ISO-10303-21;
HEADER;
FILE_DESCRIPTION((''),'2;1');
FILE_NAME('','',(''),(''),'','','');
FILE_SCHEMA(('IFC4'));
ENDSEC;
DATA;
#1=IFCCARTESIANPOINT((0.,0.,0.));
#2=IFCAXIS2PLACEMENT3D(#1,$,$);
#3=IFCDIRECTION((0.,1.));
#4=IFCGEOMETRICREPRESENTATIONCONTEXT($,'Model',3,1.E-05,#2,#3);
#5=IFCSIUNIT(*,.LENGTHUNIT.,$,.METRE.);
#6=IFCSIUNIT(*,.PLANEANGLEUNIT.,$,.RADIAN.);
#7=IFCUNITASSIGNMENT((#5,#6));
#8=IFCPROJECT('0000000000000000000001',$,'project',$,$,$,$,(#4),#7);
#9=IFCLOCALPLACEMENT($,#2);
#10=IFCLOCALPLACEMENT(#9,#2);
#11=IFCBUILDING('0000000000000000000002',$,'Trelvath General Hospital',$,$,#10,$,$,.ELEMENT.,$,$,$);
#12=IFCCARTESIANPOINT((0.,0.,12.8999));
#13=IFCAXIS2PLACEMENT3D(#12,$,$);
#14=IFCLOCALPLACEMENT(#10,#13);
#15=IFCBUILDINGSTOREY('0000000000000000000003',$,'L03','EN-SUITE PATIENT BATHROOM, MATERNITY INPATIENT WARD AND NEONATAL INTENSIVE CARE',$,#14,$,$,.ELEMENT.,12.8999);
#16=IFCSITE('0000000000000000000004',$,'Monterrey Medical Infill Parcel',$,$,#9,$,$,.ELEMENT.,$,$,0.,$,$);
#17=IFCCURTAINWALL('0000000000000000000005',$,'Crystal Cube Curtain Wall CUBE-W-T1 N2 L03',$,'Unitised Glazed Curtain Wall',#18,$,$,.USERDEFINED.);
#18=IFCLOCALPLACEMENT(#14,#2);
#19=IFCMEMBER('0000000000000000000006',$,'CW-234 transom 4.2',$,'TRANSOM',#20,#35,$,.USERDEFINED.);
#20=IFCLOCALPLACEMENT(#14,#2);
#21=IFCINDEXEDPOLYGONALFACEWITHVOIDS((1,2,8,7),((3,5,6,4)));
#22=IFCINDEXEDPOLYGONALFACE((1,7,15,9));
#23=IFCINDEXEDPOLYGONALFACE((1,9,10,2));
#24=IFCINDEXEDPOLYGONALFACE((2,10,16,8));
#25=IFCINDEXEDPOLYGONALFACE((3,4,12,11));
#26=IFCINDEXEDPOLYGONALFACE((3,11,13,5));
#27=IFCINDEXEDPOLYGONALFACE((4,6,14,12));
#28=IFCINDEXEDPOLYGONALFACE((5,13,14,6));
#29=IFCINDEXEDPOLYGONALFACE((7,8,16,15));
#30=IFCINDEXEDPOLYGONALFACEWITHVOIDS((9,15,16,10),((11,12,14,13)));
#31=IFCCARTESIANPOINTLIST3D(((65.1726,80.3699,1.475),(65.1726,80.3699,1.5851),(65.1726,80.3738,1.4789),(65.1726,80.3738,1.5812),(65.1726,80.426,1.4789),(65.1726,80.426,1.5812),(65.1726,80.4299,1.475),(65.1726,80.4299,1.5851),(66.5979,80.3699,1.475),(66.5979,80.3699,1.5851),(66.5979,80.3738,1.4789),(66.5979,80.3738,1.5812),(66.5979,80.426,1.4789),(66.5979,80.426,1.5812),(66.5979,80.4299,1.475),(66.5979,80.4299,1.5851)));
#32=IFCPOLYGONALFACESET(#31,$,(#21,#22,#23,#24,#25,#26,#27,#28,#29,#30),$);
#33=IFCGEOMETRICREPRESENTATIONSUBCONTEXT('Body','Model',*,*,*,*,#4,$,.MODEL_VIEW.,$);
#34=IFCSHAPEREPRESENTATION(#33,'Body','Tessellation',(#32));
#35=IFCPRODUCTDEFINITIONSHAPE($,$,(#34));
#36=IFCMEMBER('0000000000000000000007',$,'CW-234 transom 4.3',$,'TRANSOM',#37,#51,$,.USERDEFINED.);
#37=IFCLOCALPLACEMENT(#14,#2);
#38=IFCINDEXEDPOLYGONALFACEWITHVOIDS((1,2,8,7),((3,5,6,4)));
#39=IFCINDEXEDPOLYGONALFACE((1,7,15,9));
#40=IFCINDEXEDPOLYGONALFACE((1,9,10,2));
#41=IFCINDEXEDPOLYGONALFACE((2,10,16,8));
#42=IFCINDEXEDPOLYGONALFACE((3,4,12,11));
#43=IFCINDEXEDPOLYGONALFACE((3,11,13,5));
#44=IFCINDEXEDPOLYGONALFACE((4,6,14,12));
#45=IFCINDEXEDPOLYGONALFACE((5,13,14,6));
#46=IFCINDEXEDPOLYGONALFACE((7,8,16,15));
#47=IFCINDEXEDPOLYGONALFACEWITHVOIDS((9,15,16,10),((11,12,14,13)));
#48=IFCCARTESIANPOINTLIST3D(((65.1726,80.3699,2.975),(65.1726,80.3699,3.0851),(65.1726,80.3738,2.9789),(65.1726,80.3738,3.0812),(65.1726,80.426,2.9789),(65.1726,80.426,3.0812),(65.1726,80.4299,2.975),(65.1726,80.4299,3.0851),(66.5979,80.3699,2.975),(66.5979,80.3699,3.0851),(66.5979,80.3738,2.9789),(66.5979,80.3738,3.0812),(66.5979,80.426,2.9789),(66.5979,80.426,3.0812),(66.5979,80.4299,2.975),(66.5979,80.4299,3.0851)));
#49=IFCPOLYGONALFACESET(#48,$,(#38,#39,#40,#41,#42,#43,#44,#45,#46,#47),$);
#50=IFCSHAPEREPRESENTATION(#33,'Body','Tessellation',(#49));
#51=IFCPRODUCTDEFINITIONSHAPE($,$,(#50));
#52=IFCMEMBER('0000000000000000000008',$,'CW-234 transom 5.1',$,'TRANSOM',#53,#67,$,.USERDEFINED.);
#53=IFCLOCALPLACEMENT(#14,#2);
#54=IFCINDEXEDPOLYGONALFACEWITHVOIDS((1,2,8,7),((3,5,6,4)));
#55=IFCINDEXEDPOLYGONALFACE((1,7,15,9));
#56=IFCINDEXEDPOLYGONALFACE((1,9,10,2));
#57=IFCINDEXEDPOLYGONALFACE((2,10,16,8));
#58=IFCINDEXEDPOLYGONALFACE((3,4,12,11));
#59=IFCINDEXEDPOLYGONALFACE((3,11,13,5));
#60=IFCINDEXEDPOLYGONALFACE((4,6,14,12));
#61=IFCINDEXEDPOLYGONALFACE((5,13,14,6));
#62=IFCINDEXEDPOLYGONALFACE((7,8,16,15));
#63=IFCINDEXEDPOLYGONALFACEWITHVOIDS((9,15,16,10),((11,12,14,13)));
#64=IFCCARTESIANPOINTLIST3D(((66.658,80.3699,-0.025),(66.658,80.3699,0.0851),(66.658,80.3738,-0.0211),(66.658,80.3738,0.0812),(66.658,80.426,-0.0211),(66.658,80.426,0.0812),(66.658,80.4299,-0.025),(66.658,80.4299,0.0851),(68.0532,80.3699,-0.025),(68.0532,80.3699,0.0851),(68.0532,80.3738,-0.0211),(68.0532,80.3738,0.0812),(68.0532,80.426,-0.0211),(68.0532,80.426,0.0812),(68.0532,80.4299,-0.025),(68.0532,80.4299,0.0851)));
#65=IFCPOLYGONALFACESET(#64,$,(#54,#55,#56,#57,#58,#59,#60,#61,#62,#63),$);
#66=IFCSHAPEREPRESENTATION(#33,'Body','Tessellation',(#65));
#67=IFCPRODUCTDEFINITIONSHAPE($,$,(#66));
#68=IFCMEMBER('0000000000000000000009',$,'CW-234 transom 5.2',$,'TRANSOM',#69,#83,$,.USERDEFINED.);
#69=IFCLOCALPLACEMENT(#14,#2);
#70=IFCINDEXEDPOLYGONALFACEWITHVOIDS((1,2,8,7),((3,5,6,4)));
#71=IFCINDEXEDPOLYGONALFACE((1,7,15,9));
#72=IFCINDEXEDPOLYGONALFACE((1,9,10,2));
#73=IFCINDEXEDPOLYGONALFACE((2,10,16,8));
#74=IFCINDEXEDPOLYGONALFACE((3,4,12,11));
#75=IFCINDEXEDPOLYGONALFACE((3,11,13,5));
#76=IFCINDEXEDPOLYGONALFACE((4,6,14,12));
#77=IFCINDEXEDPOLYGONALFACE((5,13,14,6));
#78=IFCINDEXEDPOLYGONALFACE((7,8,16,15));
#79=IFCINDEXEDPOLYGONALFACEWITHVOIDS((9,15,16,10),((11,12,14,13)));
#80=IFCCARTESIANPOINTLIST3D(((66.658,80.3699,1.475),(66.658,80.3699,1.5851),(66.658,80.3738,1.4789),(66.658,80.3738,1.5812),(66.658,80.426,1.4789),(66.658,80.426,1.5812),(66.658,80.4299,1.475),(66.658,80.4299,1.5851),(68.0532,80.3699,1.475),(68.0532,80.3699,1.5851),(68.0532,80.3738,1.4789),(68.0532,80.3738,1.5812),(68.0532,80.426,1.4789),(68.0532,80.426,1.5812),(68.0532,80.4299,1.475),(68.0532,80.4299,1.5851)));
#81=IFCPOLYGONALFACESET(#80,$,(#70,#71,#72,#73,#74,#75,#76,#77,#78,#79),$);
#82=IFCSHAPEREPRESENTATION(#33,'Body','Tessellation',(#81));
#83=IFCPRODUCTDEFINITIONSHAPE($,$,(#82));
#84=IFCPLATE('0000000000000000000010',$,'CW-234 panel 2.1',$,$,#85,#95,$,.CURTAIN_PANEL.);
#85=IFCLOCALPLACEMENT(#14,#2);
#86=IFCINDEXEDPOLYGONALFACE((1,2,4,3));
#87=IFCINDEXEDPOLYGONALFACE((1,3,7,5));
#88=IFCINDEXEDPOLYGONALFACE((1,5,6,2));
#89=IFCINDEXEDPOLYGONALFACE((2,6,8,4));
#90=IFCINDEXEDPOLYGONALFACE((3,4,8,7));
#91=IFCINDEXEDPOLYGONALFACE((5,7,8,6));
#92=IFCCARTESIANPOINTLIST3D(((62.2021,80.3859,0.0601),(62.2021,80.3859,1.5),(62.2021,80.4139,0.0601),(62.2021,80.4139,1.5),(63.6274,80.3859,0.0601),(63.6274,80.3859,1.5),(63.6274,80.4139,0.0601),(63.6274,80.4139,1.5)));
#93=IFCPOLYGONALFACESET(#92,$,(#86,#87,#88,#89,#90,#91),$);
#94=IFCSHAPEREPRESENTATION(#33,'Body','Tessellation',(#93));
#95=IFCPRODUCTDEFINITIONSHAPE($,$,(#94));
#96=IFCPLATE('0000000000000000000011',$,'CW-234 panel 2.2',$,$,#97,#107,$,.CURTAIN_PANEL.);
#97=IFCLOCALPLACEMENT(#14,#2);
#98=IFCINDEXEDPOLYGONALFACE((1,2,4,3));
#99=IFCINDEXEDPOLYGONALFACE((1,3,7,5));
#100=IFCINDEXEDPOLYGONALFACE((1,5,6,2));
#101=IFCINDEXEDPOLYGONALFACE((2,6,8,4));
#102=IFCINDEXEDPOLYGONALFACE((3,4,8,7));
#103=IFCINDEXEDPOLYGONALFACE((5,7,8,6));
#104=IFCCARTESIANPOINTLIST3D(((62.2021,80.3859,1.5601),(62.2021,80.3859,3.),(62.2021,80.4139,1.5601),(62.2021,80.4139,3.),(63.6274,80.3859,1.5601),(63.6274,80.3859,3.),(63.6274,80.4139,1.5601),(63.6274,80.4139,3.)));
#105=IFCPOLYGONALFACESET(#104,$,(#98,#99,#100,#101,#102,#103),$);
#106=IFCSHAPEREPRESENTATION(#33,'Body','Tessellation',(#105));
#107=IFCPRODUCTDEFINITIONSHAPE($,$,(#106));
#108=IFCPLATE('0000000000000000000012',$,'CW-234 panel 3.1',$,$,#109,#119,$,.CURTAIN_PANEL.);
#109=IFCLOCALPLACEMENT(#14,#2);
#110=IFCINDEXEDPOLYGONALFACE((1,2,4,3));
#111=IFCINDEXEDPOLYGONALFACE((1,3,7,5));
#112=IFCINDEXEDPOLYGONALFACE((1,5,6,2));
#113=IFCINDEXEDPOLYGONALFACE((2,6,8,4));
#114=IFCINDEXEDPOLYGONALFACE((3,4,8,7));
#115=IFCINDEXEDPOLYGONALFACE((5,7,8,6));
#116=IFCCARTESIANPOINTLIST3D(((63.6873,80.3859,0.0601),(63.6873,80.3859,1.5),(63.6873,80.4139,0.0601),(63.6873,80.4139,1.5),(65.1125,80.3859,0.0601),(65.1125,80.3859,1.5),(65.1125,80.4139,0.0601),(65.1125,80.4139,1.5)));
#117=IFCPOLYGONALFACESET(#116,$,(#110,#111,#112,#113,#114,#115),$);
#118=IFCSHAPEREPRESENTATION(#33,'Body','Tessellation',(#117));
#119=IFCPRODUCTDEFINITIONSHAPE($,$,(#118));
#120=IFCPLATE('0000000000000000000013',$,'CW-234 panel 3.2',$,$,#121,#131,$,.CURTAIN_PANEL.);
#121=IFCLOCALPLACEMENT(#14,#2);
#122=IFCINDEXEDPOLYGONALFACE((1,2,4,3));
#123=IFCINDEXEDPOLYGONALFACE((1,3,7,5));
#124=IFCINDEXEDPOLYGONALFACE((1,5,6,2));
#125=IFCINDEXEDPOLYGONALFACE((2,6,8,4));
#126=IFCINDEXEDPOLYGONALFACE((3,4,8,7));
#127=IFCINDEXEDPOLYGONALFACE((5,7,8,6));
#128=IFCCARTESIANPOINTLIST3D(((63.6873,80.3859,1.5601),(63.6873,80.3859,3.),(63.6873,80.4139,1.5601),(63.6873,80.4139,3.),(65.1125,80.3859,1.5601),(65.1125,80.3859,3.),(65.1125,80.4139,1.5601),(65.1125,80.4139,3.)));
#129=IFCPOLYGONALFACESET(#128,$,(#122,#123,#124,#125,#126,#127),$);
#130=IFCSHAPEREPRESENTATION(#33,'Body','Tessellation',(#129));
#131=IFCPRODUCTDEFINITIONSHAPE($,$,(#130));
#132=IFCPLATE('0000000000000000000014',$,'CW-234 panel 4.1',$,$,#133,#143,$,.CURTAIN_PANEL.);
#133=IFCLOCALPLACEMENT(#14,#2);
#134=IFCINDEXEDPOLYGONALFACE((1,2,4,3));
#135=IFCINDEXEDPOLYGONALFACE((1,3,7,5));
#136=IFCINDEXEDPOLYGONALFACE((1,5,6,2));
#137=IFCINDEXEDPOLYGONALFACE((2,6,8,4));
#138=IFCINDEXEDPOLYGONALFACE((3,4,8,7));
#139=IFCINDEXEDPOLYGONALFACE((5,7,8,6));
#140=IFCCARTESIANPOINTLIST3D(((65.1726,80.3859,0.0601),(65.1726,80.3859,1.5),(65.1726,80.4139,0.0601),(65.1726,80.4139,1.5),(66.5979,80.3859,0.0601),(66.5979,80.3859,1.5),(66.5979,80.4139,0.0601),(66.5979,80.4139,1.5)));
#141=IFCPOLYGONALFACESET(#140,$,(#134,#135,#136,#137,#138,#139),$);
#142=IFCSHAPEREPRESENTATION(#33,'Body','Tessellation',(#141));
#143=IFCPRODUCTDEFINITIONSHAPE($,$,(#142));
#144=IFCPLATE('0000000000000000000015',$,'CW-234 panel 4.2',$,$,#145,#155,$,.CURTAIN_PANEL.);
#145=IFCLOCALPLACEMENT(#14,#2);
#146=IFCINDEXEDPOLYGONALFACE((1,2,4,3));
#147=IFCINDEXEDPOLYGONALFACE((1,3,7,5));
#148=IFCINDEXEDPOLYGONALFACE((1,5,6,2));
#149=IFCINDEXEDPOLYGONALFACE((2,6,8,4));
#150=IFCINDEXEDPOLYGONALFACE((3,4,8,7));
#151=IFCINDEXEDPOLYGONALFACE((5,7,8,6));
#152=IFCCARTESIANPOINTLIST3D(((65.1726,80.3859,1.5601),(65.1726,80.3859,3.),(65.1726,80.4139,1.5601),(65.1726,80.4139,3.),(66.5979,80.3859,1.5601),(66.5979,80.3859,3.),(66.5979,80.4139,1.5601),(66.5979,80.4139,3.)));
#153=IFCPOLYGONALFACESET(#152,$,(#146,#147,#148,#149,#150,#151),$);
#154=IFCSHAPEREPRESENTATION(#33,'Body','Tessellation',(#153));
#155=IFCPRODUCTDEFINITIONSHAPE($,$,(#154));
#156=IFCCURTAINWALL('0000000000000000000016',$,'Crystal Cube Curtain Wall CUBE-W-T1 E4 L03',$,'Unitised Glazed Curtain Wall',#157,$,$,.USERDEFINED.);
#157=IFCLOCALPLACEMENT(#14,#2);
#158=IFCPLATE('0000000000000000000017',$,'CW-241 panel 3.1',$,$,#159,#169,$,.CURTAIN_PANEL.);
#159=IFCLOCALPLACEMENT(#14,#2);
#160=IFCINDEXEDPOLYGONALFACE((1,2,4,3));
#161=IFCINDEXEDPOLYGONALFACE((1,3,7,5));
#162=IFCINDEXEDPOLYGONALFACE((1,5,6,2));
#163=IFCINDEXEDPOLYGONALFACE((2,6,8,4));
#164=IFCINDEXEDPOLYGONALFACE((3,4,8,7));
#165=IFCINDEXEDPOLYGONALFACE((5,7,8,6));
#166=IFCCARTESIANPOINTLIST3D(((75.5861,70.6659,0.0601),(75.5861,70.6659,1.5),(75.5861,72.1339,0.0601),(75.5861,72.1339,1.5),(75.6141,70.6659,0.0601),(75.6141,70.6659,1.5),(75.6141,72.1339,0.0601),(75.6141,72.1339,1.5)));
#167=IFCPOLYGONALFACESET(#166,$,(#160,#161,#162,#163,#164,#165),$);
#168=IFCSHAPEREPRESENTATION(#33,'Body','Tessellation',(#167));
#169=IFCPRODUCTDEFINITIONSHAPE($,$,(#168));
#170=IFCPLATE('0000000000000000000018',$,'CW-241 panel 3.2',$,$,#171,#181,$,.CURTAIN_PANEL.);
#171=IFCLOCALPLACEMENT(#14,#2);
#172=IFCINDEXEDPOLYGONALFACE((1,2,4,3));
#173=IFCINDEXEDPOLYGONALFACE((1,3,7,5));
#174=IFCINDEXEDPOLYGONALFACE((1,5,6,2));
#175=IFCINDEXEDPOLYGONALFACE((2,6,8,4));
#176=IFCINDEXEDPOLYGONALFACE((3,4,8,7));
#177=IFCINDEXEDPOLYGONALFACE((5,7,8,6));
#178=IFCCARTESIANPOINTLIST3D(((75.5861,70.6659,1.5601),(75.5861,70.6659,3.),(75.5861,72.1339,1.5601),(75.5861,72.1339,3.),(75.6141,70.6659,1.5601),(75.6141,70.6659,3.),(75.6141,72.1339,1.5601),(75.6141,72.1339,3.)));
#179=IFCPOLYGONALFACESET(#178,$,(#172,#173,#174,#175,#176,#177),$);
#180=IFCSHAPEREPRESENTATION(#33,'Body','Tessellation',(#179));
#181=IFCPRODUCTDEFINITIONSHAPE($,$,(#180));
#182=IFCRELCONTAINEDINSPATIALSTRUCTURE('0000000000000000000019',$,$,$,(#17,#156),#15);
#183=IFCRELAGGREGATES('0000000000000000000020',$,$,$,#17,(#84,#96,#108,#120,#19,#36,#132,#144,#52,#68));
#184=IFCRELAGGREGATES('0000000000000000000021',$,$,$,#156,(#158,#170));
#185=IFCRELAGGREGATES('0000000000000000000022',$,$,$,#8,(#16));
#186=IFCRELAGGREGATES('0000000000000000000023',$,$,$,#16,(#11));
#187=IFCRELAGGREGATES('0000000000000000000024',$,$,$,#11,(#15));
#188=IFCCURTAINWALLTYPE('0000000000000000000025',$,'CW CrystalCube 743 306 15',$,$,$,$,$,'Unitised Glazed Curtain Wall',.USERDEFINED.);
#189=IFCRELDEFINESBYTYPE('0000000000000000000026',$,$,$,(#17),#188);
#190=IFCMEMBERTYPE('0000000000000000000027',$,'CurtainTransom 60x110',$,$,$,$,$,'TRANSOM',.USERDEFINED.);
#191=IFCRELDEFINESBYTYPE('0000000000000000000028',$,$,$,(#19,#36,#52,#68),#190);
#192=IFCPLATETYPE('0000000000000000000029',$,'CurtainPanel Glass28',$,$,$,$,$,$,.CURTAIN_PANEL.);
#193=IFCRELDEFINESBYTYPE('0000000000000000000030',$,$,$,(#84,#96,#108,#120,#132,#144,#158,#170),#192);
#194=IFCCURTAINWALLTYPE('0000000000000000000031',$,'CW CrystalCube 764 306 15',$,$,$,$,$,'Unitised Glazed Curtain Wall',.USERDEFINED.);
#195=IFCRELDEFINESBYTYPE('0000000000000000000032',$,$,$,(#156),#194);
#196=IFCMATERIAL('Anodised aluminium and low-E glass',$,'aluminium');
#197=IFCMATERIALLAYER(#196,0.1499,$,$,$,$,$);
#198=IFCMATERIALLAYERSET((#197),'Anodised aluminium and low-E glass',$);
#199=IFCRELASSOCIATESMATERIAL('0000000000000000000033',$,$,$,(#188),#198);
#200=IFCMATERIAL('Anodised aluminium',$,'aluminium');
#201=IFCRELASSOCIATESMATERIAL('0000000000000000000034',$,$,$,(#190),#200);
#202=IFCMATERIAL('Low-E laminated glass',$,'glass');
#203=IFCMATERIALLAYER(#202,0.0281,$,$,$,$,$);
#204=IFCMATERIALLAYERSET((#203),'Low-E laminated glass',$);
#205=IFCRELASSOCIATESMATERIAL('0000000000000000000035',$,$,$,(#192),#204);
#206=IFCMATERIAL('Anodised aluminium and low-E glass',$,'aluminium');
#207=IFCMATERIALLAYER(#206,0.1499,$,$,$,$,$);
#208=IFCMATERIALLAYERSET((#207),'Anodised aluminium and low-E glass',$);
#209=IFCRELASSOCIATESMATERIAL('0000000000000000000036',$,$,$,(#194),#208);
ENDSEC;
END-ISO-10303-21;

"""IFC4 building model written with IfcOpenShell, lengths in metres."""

from ifc_helpers import new_model, si_unit, direction, frame, origin, origin_2d, place, context, subcontext, project, spatial, rectangle, hollow_rectangle, extrude, material, layer, layer_set, material_profile, profile_set, type_object, element, aggregate, save


model = new_model("IFC4")

# Units and contexts
model_context = context("Model", 3, precision=1e-05, world=origin(), true_north=direction((0.0, 1.0)))
body_context = subcontext(model_context, "Body", "Model", "MODEL_VIEW")
ifc_project = project(units=[si_unit("LENGTHUNIT", "METRE"), si_unit("PLANEANGLEUNIT", "RADIAN")], contexts=[model_context])

# Site, building, storey
site_placement = place(None, origin())
site = spatial("IfcSite", under=ifc_project, at=site_placement, Name="Monterrey Medical Infill Parcel", CompositionType="ELEMENT", RefElevation=0.0)
building_placement = place(site_placement, origin())
building = spatial("IfcBuilding", under=site, at=building_placement, Name="Trelvath General Hospital", CompositionType="ELEMENT")
storey_placement = place(building_placement, frame((0.0, 0.0, 12.8999)))
storey = spatial("IfcBuildingStorey", under=building, at=storey_placement, Name="L03", Description="EN-SUITE PATIENT BATHROOM, MATERNITY INPATIENT WARD AND NEONATAL INTENSIVE CARE", CompositionType="ELEMENT", Elevation=12.8999)

# Curtain wall, members, plates
ifc_material_1 = material(Name="Anodised aluminium and low-E glass", Category="aluminium")
ifc_layer_1 = layer(ifc_material_1, 0.1499)
ifc_layer_set_1 = layer_set([ifc_layer_1], Name="Anodised aluminium and low-E glass")
curtain_wall_type_1 = type_object("IfcCurtainWallType", Name="CW CrystalCube 743 306 15", ElementType="Unitised Glazed Curtain Wall", PredefinedType="USERDEFINED", material=ifc_layer_set_1)
curtain_wall_1_placement = place(storey_placement, origin())
curtain_wall_1 = element("IfcCurtainWall", 1, at=curtain_wall_1_placement, inside=storey, type_object=curtain_wall_type_1, Name="Crystal Cube Curtain Wall CUBE-W-T1 N2 L03", ObjectType="Unitised Glazed Curtain Wall", PredefinedType="USERDEFINED")
ifc_material_2 = material(Name="Anodised aluminium", Category="aluminium")
ifc_material_profile_1 = material_profile(ifc_material_2, hollow_rectangle(XDim=0.0601, YDim=0.1101, WallThickness=0.0039, at=origin_2d()), Name="RHS60x110x4")
ifc_profile_set_1 = profile_set([ifc_material_profile_1], Name="Anodised aluminium")
member_type_1 = type_object("IfcMemberType", Name="CurtainTransom 60x110", ElementType="TRANSOM", PredefinedType="USERDEFINED", material=ifc_profile_set_1)
member_1_placement = place(storey_placement, frame((65.1726, 80.3999, 1.53), z_axis=(1.0, 0.0, 0.0), x_axis=(0.0, 1.0, 0.0)))
member_1 = element("IfcMember", 2, at=member_1_placement, type_object=member_type_1, Name="CW-234 transom 4.2", ObjectType="TRANSOM", PredefinedType="USERDEFINED", context=body_context, shape_type="SweptSolid", body=[
    extrude(hollow_rectangle(XDim=0.0601, YDim=0.1101, WallThickness=0.0039, at=origin_2d()), origin(), (0.0, 0.0, 1.0), 1.4253),
])
member_2_placement = place(storey_placement, frame((65.1726, 80.3999, 3.03), z_axis=(1.0, 0.0, 0.0), x_axis=(0.0, 1.0, 0.0)))
member_2 = element("IfcMember", 3, at=member_2_placement, type_object=member_type_1, Name="CW-234 transom 4.3", ObjectType="TRANSOM", PredefinedType="USERDEFINED", context=body_context, shape_type="SweptSolid", body=[
    extrude(hollow_rectangle(XDim=0.0601, YDim=0.1101, WallThickness=0.0039, at=origin_2d()), origin(), (0.0, 0.0, 1.0), 1.4253),
])
member_3_placement = place(storey_placement, frame((66.658, 80.3999, 0.03), z_axis=(1.0, 0.0, 0.0), x_axis=(0.0, 1.0, 0.0)))
member_3 = element("IfcMember", 4, at=member_3_placement, type_object=member_type_1, Name="CW-234 transom 5.1", ObjectType="TRANSOM", PredefinedType="USERDEFINED", context=body_context, shape_type="SweptSolid", body=[
    extrude(hollow_rectangle(XDim=0.0601, YDim=0.1101, WallThickness=0.0039, at=origin_2d()), origin(), (0.0, 0.0, 1.0), 1.3953),
])
member_4_placement = place(storey_placement, frame((66.658, 80.3999, 1.53), z_axis=(1.0, 0.0, 0.0), x_axis=(0.0, 1.0, 0.0)))
member_4 = element("IfcMember", 5, at=member_4_placement, type_object=member_type_1, Name="CW-234 transom 5.2", ObjectType="TRANSOM", PredefinedType="USERDEFINED", context=body_context, shape_type="SweptSolid", body=[
    extrude(hollow_rectangle(XDim=0.0601, YDim=0.1101, WallThickness=0.0039, at=origin_2d()), origin(), (0.0, 0.0, 1.0), 1.3953),
])
ifc_material_3 = material(Name="Low-E laminated glass", Category="glass")
ifc_layer_2 = layer(ifc_material_3, 0.0281)
ifc_layer_set_2 = layer_set([ifc_layer_2], Name="Low-E laminated glass")
plate_type = type_object("IfcPlateType", Name="CurtainPanel Glass28", PredefinedType="CURTAIN_PANEL", material=ifc_layer_set_2)
plate_1_placement = place(storey_placement, frame((62.9148, 80.3999, 0.0601), z_axis=(0.0, 0.0, 1.0), x_axis=(1.0, 0.0, 0.0)))
plate_1 = element("IfcPlate", 6, at=plate_1_placement, type_object=plate_type, Name="CW-234 panel 2.1", PredefinedType="CURTAIN_PANEL", context=body_context, shape_type="SweptSolid", body=[
    extrude(rectangle(XDim=1.4253, YDim=0.0281, at=origin_2d()), origin(), (0.0, 0.0, 1.0), 1.4399),
])
plate_2_placement = place(storey_placement, frame((62.9148, 80.3999, 1.5601), z_axis=(0.0, 0.0, 1.0), x_axis=(1.0, 0.0, 0.0)))
plate_2 = element("IfcPlate", 7, at=plate_2_placement, type_object=plate_type, Name="CW-234 panel 2.2", PredefinedType="CURTAIN_PANEL", context=body_context, shape_type="SweptSolid", body=[
    extrude(rectangle(XDim=1.4253, YDim=0.0281, at=origin_2d()), origin(), (0.0, 0.0, 1.0), 1.4399),
])
plate_3_placement = place(storey_placement, frame((64.3999, 80.3999, 0.0601), z_axis=(0.0, 0.0, 1.0), x_axis=(1.0, 0.0, 0.0)))
plate_3 = element("IfcPlate", 8, at=plate_3_placement, type_object=plate_type, Name="CW-234 panel 3.1", PredefinedType="CURTAIN_PANEL", context=body_context, shape_type="SweptSolid", body=[
    extrude(rectangle(XDim=1.4253, YDim=0.0281, at=origin_2d()), origin(), (0.0, 0.0, 1.0), 1.4399),
])
plate_4_placement = place(storey_placement, frame((64.3999, 80.3999, 1.5601), z_axis=(0.0, 0.0, 1.0), x_axis=(1.0, 0.0, 0.0)))
plate_4 = element("IfcPlate", 9, at=plate_4_placement, type_object=plate_type, Name="CW-234 panel 3.2", PredefinedType="CURTAIN_PANEL", context=body_context, shape_type="SweptSolid", body=[
    extrude(rectangle(XDim=1.4253, YDim=0.0281, at=origin_2d()), origin(), (0.0, 0.0, 1.0), 1.4399),
])
plate_5_placement = place(storey_placement, frame((65.8853, 80.3999, 0.0601), z_axis=(0.0, 0.0, 1.0), x_axis=(1.0, 0.0, 0.0)))
plate_5 = element("IfcPlate", 10, at=plate_5_placement, type_object=plate_type, Name="CW-234 panel 4.1", PredefinedType="CURTAIN_PANEL", context=body_context, shape_type="SweptSolid", body=[
    extrude(rectangle(XDim=1.4253, YDim=0.0281, at=origin_2d()), origin(), (0.0, 0.0, 1.0), 1.4399),
])
plate_6_placement = place(storey_placement, frame((65.8853, 80.3999, 1.5601), z_axis=(0.0, 0.0, 1.0), x_axis=(1.0, 0.0, 0.0)))
plate_6 = element("IfcPlate", 11, at=plate_6_placement, type_object=plate_type, Name="CW-234 panel 4.2", PredefinedType="CURTAIN_PANEL", context=body_context, shape_type="SweptSolid", body=[
    extrude(rectangle(XDim=1.4253, YDim=0.0281, at=origin_2d()), origin(), (0.0, 0.0, 1.0), 1.4399),
])
aggregate(curtain_wall_1, [plate_1, plate_2, plate_3, plate_4, member_1, member_2, plate_5, plate_6, member_3, member_4])

# Curtain wall, plates
ifc_material_4 = material(Name="Anodised aluminium and low-E glass", Category="aluminium")
ifc_layer_3 = layer(ifc_material_4, 0.1499)
ifc_layer_set_3 = layer_set([ifc_layer_3], Name="Anodised aluminium and low-E glass")
curtain_wall_type_2 = type_object("IfcCurtainWallType", Name="CW CrystalCube 764 306 15", ElementType="Unitised Glazed Curtain Wall", PredefinedType="USERDEFINED", material=ifc_layer_set_3)
curtain_wall_2_placement = place(storey_placement, origin())
curtain_wall_2 = element("IfcCurtainWall", 12, at=curtain_wall_2_placement, inside=storey, type_object=curtain_wall_type_2, Name="Crystal Cube Curtain Wall CUBE-W-T1 E4 L03", ObjectType="Unitised Glazed Curtain Wall", PredefinedType="USERDEFINED")
plate_7_placement = place(storey_placement, frame((75.6001, 71.3999, 0.0601), z_axis=(0.0, 0.0, 1.0), x_axis=(0.0, -1.0, 0.0)))
plate_7 = element("IfcPlate", 13, at=plate_7_placement, type_object=plate_type, Name="CW-241 panel 3.1", PredefinedType="CURTAIN_PANEL", context=body_context, shape_type="SweptSolid", body=[
    extrude(rectangle(XDim=1.468, YDim=0.0281, at=origin_2d()), origin(), (0.0, 0.0, 1.0), 1.4399),
])
plate_8_placement = place(storey_placement, frame((75.6001, 71.3999, 1.5601), z_axis=(0.0, 0.0, 1.0), x_axis=(0.0, -1.0, 0.0)))
plate_8 = element("IfcPlate", 14, at=plate_8_placement, type_object=plate_type, Name="CW-241 panel 3.2", PredefinedType="CURTAIN_PANEL", context=body_context, shape_type="SweptSolid", body=[
    extrude(rectangle(XDim=1.468, YDim=0.0281, at=origin_2d()), origin(), (0.0, 0.0, 1.0), 1.4399),
])
aggregate(curtain_wall_2, [plate_7, plate_8])

save(model, "model.ifc")
